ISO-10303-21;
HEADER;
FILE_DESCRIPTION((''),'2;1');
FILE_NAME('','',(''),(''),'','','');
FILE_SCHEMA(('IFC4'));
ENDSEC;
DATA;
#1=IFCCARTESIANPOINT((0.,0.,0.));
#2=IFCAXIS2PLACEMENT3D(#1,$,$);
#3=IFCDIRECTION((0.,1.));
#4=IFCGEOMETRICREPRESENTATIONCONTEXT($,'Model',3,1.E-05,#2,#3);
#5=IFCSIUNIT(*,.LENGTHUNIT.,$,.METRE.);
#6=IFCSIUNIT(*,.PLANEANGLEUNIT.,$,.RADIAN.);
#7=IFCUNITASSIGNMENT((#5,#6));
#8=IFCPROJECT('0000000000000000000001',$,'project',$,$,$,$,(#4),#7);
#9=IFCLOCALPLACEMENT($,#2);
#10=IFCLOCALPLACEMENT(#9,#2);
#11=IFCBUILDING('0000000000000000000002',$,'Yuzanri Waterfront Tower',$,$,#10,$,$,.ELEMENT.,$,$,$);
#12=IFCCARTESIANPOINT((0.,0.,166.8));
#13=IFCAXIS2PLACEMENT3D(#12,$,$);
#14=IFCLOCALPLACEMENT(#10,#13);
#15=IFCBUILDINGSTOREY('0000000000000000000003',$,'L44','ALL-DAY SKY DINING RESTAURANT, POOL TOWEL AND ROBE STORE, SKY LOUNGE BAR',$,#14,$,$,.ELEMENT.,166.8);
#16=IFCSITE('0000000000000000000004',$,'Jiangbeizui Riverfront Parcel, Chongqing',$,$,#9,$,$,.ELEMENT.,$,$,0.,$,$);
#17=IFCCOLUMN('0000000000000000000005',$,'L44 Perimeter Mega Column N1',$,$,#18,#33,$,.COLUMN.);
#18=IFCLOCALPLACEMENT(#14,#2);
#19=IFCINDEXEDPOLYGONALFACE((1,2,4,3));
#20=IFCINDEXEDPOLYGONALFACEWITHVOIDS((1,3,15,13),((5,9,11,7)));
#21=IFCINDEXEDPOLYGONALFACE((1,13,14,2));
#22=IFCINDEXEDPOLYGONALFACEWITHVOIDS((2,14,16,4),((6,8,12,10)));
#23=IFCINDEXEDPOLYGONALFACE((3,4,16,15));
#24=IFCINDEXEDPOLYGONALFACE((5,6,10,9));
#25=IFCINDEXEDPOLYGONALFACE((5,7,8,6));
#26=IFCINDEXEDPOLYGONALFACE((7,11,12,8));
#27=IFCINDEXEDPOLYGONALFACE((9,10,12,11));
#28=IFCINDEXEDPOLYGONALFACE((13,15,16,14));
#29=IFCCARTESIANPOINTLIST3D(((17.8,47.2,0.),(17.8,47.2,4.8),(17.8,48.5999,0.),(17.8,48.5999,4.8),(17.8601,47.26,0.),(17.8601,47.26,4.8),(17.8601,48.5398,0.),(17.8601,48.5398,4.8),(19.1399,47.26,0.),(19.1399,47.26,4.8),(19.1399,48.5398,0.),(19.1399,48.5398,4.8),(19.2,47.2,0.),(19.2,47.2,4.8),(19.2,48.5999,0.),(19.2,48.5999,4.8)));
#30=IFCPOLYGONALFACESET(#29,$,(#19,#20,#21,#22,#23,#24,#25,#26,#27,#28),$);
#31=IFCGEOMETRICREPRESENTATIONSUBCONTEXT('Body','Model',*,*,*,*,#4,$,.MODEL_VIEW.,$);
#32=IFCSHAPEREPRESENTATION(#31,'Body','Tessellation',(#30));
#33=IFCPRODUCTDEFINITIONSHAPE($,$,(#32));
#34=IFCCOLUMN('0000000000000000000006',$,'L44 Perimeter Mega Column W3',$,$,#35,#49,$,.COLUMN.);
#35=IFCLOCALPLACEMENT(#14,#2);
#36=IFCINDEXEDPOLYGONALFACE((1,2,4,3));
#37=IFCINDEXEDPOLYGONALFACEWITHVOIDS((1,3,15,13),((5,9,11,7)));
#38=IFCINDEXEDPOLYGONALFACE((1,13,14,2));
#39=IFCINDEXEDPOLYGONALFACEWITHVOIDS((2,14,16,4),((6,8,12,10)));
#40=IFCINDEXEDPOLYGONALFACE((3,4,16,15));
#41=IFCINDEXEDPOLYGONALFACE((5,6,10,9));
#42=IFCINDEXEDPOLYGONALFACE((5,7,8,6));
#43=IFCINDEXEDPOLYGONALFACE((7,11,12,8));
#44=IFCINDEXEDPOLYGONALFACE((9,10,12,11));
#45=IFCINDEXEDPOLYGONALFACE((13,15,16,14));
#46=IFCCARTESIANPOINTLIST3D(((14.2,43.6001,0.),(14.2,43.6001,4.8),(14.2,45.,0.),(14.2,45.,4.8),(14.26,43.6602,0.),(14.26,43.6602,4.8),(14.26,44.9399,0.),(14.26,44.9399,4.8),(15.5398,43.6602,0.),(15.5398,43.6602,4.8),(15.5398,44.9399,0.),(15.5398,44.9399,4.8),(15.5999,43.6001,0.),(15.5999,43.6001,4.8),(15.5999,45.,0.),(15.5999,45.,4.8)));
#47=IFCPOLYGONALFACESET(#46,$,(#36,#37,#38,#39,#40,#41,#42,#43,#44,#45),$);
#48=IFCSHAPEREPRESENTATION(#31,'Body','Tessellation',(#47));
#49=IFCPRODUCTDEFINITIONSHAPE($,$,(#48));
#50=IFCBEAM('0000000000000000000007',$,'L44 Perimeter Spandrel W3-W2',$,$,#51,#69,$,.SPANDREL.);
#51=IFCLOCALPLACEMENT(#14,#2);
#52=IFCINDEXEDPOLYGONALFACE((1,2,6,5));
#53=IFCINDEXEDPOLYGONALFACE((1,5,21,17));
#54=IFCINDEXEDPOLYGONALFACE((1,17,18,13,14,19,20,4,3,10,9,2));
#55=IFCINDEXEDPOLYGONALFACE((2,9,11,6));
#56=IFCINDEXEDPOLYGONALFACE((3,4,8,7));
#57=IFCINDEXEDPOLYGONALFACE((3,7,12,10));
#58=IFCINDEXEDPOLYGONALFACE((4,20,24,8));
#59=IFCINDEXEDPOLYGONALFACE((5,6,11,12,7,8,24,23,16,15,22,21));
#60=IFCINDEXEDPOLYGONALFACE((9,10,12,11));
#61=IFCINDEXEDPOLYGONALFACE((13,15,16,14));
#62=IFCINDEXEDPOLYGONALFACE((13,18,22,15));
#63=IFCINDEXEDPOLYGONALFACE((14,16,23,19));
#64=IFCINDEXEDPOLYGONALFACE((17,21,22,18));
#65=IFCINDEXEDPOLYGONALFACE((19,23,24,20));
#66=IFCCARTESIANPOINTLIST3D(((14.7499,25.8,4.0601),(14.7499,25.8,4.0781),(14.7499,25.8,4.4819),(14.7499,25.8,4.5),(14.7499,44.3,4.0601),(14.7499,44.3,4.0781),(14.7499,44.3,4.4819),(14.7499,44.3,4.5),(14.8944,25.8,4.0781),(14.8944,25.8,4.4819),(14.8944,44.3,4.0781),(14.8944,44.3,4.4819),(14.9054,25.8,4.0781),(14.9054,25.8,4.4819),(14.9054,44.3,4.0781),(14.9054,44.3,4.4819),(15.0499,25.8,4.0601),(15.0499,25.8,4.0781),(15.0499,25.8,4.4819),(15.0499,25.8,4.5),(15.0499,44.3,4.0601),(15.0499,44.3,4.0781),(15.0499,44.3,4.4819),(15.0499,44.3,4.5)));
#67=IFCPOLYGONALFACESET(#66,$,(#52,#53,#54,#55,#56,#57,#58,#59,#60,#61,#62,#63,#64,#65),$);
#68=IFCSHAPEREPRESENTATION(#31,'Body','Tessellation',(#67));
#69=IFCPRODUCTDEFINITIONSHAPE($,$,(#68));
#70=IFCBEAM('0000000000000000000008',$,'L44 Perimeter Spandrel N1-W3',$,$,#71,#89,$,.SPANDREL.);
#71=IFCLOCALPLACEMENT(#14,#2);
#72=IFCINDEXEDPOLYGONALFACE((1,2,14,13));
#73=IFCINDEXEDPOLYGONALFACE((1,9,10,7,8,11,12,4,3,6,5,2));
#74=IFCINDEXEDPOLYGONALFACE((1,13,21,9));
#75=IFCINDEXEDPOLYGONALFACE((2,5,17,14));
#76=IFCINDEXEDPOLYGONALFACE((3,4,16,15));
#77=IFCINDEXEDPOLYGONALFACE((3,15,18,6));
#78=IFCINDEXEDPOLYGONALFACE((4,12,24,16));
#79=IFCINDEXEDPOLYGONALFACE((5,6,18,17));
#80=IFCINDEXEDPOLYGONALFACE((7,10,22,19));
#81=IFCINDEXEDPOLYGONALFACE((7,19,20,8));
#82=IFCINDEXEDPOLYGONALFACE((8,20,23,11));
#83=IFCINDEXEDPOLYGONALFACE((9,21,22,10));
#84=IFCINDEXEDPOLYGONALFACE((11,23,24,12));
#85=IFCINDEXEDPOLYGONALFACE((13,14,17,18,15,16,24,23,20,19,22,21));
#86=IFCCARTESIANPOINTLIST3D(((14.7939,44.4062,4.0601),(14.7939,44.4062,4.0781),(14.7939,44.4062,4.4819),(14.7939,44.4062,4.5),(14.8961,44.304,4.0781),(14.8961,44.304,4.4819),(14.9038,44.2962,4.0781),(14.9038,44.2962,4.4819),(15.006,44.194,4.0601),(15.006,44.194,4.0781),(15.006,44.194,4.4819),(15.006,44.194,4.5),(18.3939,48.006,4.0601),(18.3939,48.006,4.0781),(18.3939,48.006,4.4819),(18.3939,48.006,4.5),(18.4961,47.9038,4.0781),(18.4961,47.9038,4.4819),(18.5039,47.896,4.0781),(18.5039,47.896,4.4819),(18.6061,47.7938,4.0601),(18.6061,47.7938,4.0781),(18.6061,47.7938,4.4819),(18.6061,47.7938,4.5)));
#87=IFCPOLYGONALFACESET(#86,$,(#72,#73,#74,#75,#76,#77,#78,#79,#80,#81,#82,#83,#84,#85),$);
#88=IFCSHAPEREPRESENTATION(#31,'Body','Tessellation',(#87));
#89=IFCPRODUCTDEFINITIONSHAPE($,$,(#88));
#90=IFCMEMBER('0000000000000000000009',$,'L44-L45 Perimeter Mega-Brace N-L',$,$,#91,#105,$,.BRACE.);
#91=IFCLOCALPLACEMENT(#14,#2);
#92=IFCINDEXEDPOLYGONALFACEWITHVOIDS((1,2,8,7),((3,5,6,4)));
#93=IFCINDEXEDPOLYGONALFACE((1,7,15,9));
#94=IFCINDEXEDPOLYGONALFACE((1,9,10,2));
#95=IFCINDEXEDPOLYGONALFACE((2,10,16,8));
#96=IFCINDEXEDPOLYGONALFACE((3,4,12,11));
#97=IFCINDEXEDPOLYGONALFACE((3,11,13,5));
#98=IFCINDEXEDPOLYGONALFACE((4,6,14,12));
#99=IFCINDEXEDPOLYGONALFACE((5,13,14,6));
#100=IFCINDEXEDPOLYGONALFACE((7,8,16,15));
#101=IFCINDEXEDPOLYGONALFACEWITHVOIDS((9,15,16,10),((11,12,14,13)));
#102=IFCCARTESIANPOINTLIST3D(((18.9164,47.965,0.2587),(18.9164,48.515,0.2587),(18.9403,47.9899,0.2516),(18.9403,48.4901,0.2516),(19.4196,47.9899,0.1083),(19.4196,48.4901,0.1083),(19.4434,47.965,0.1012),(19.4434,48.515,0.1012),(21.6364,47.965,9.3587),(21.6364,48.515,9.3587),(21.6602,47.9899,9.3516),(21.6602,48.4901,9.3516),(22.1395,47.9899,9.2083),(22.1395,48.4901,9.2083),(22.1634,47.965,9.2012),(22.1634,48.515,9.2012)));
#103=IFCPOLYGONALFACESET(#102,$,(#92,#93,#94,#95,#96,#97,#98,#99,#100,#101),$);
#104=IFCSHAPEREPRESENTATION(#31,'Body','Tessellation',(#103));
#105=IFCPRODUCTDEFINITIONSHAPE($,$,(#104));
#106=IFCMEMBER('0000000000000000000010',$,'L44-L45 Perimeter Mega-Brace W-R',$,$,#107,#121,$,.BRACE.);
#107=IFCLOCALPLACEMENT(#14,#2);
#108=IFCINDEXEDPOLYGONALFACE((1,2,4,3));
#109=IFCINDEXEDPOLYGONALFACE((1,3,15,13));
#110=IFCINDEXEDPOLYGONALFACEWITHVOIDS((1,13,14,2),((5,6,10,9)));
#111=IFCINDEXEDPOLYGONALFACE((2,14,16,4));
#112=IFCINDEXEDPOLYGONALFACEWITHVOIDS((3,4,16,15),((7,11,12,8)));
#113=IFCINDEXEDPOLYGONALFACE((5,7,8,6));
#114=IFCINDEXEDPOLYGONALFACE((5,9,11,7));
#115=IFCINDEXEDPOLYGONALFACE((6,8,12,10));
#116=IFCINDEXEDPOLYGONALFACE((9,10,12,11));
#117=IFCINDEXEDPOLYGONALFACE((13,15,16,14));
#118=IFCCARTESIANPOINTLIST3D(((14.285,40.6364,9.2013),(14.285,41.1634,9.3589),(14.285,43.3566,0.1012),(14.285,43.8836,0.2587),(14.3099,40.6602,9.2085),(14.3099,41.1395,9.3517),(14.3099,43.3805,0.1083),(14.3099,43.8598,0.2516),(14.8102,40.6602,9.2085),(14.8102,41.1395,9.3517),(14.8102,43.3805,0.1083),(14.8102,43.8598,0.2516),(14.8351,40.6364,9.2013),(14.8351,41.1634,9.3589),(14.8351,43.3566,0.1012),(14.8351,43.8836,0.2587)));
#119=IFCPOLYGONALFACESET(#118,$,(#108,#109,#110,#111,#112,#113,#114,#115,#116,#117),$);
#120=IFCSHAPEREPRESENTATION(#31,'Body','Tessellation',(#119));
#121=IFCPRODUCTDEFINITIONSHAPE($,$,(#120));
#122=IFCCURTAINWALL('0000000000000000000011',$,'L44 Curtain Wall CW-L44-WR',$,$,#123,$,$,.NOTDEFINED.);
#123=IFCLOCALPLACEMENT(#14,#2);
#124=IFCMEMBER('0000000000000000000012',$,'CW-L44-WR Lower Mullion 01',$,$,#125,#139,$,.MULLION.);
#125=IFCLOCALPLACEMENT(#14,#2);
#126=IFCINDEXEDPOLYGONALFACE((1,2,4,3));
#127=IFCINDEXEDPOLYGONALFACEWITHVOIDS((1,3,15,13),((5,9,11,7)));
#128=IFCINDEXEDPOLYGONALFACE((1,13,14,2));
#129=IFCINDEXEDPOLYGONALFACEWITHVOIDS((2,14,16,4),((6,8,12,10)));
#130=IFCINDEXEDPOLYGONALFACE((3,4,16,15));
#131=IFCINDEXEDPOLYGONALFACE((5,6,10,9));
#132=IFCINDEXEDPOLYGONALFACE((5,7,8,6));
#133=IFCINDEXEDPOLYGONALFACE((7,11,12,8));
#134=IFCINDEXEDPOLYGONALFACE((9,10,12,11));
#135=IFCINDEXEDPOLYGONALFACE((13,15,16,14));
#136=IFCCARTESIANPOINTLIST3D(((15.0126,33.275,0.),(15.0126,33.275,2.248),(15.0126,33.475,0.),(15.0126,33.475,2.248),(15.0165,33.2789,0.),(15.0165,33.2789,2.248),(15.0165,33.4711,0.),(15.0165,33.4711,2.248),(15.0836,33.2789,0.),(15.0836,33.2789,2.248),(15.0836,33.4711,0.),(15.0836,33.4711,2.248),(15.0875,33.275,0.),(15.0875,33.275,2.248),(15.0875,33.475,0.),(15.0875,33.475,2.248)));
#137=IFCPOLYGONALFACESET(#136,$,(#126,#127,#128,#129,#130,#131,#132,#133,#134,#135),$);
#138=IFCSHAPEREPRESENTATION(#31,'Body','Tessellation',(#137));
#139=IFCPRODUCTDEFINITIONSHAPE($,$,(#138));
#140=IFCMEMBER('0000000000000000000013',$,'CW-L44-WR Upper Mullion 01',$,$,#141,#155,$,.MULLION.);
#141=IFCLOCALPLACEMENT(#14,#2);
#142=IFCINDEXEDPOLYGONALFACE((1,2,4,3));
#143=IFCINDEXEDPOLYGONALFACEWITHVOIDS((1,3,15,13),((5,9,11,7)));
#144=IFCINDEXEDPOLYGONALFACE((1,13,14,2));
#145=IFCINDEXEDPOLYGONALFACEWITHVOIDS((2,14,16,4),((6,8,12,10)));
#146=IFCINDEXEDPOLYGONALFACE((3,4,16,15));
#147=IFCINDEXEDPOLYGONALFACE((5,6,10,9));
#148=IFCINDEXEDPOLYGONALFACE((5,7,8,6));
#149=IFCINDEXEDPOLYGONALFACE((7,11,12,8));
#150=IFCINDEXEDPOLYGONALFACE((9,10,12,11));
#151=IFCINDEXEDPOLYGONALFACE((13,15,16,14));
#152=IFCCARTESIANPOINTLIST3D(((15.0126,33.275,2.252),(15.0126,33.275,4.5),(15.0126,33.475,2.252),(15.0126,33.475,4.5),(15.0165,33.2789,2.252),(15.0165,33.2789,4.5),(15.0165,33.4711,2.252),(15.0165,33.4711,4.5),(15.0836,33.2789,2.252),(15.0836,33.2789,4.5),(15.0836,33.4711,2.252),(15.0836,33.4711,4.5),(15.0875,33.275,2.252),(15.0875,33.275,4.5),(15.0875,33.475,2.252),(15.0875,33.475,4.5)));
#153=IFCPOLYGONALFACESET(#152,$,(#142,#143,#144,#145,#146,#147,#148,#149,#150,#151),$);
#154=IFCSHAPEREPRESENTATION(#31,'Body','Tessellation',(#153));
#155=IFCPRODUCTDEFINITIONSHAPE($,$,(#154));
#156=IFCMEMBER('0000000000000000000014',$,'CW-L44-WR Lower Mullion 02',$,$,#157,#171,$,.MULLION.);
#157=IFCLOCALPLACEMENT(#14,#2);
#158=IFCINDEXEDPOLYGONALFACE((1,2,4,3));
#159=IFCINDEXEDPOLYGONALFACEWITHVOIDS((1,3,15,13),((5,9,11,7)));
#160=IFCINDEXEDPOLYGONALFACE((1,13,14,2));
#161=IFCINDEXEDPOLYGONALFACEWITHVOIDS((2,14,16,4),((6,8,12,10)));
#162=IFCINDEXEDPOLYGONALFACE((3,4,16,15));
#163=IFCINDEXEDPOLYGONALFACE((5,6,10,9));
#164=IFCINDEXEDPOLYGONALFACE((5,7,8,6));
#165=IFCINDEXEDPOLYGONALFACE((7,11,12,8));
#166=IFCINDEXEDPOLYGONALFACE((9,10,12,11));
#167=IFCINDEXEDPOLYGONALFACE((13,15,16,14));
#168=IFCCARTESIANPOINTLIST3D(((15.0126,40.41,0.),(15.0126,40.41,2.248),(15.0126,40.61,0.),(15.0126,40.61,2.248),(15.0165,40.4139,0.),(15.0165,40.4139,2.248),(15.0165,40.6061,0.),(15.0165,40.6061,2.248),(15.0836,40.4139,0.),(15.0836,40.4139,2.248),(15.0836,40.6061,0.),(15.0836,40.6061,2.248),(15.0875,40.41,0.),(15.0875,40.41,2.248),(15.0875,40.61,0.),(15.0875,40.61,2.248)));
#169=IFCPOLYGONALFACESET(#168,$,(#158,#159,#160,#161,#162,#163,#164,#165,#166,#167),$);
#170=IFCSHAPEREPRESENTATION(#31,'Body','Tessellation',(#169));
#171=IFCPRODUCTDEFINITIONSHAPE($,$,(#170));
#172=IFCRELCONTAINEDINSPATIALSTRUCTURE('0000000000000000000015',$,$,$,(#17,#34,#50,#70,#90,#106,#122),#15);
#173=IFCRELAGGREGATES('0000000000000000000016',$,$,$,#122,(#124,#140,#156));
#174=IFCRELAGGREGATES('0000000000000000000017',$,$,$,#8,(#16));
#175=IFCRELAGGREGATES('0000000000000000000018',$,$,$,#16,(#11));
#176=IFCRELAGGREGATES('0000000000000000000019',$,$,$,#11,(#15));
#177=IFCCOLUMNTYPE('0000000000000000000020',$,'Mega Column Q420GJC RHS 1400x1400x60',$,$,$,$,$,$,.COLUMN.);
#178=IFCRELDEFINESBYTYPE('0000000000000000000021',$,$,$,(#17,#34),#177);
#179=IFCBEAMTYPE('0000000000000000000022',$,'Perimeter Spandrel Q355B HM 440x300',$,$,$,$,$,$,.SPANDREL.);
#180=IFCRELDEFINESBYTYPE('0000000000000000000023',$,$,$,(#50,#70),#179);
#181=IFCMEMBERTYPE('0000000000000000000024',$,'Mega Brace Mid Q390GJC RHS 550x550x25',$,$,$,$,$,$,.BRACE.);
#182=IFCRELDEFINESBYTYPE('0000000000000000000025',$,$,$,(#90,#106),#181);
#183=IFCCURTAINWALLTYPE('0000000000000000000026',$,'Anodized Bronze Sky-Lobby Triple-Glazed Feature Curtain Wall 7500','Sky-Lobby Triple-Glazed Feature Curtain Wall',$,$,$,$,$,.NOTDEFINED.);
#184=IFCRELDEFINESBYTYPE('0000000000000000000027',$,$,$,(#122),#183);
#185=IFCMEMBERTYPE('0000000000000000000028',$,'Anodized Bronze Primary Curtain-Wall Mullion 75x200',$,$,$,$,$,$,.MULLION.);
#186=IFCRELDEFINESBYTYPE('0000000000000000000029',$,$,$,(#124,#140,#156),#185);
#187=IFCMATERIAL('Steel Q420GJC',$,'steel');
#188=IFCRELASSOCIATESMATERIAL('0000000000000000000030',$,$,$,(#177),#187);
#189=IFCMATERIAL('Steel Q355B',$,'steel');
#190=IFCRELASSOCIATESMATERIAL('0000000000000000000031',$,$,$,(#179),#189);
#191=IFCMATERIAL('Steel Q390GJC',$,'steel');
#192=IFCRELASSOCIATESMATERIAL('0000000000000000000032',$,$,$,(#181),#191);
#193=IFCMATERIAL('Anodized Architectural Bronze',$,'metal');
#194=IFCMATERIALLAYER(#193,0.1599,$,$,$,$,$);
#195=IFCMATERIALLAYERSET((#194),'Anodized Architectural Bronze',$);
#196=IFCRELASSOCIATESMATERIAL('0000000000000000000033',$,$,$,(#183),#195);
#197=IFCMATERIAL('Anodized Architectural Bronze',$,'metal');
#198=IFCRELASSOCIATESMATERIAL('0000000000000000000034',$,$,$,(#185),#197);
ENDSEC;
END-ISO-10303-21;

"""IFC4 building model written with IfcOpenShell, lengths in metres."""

from ifc_helpers import new_model, si_unit, direction, frame, origin, origin_2d, place, context, subcontext, project, spatial, hollow_rectangle, i_section, extrude, source, transform, mapped, material, layer, layer_set, material_profile, profile_set, type_object, element, aggregate, save


model = new_model("IFC4")

# Units and contexts
model_context = context("Model", 3, precision=1e-05, world=origin(), true_north=direction((0.0, 1.0)))
body_context = subcontext(model_context, "Body", "Model", "MODEL_VIEW")
ifc_project = project(units=[si_unit("LENGTHUNIT", "METRE"), si_unit("PLANEANGLEUNIT", "RADIAN")], contexts=[model_context])

# Site, building, storey
site_placement = place(None, origin())
site = spatial("IfcSite", under=ifc_project, at=site_placement, Name="Jiangbeizui Riverfront Parcel, Chongqing", CompositionType="ELEMENT", RefElevation=0.0)
building_placement = place(site_placement, origin())
building = spatial("IfcBuilding", under=site, at=building_placement, Name="Yuzanri Waterfront Tower", CompositionType="ELEMENT")
storey_placement = place(building_placement, frame((0.0, 0.0, 166.8)))
storey = spatial("IfcBuildingStorey", under=building, at=storey_placement, Name="L44", Description="ALL-DAY SKY DINING RESTAURANT, POOL TOWEL AND ROBE STORE, SKY LOUNGE BAR", CompositionType="ELEMENT", Elevation=166.8)

# Columns
ifc_material_1 = material(Name="Steel Q420GJC", Category="steel")
ifc_material_profile_1 = material_profile(ifc_material_1, hollow_rectangle(XDim=1.3999, YDim=1.3999, WallThickness=0.0601, at=origin_2d()), Name="RHS 1400x1400x60")
ifc_profile_set_1 = profile_set([ifc_material_profile_1], Name="Steel Q420GJC")
column_type = type_object("IfcColumnType", Name="Mega Column Q420GJC RHS 1400x1400x60", PredefinedType="COLUMN", material=ifc_profile_set_1)
shared_shape_1 = source(origin(), body_context, "Body", "SweptSolid", [
    extrude(hollow_rectangle(XDim=1.3999, YDim=1.3999, WallThickness=0.0601, at=origin_2d()), origin(), (0.0, 0.0, 1.0), 4.8),
])
for number, where, z_axis, x_axis, name in (
    (1, (18.5, 47.8999, 0.0), (0.0, 0.0, 1.0), (1.0, 0.0, 0.0), "L44 Perimeter Mega Column N1"),
    (2, (14.8999, 44.3, 0.0), (0.0, 0.0, 1.0), (1.0, 0.0, 0.0), "L44 Perimeter Mega Column W3"),
):
    element("IfcColumn", number, at=place(storey_placement, frame(where, z_axis=z_axis, x_axis=x_axis)), inside=storey, type_object=column_type, Name=name, PredefinedType="COLUMN", context=body_context, shape_type="MappedRepresentation", body=[
        mapped(shared_shape_1, transform((0.0, 0.0, 0.0), scale=1.0)),
    ])

# Beams
ifc_material_2 = material(Name="Steel Q355B", Category="steel")
ifc_material_profile_2 = material_profile(ifc_material_2, i_section(OverallWidth=0.3, OverallDepth=0.4399, WebThickness=0.011, FlangeThickness=0.0181, at=origin_2d()), Name="HM 440x300x11x18")
ifc_profile_set_2 = profile_set([ifc_material_profile_2], Name="Steel Q355B")
beam_type = type_object("IfcBeamType", Name="Perimeter Spandrel Q355B HM 440x300", PredefinedType="SPANDREL", material=ifc_profile_set_2)
shared_shape_2 = source(origin(), body_context, "Body", "SweptSolid", [
    extrude(i_section(OverallWidth=0.3, OverallDepth=0.4399, WebThickness=0.011, FlangeThickness=0.0181, at=origin_2d()), origin(), (0.0, 0.0, 1.0), 18.5),
])
beam_1_placement = place(storey_placement, frame((14.8999, 44.3, 4.28), z_axis=(0.0, -1.0, 0.0), x_axis=(1.0, 0.0, 0.0)))
element("IfcBeam", 3, at=beam_1_placement, inside=storey, type_object=beam_type, Name="L44 Perimeter Spandrel W3-W2", PredefinedType="SPANDREL", context=body_context, shape_type="MappedRepresentation", body=[
    mapped(shared_shape_2, transform((0.0, 0.0, 0.0), scale=1.0)),
])
shared_shape_3 = source(origin(), body_context, "Body", "SweptSolid", [
    extrude(i_section(OverallWidth=0.3, OverallDepth=0.4399, WebThickness=0.011, FlangeThickness=0.0181, at=origin_2d()), origin(), (0.0, 0.0, 1.0), 5.0911),
])
beam_2_placement = place(storey_placement, frame((18.5, 47.8999, 4.28), z_axis=(-0.707131, -0.707083, 0.0), x_axis=(0.707083, -0.707131, 0.0)))
element("IfcBeam", 4, at=beam_2_placement, inside=storey, type_object=beam_type, Name="L44 Perimeter Spandrel N1-W3", PredefinedType="SPANDREL", context=body_context, shape_type="MappedRepresentation", body=[
    mapped(shared_shape_3, transform((0.0, 0.0, 0.0), scale=1.0)),
])

# Members
ifc_material_3 = material(Name="Steel Q390GJC", Category="steel")
ifc_material_profile_3 = material_profile(ifc_material_3, hollow_rectangle(XDim=0.55, YDim=0.55, WallThickness=0.0249, at=origin_2d()), Name="RHS 550x550x25")
ifc_profile_set_3 = profile_set([ifc_material_profile_3], Name="Steel Q390GJC")
member_type_1 = type_object("IfcMemberType", Name="Mega Brace Mid Q390GJC RHS 550x550x25", PredefinedType="BRACE", material=ifc_profile_set_3)
shared_shape_4 = source(origin(), body_context, "Body", "SweptSolid", [
    extrude(hollow_rectangle(XDim=0.55, YDim=0.55, WallThickness=0.0249, at=origin_2d()), origin(), (0.0, 0.0, 1.0), 9.4978),
])
member_1_placement = place(storey_placement, frame((19.1799, 48.24, 0.1799), z_axis=(0.286376, 0.0, 0.958117), x_axis=(0.0, 1.0, 0.0)))
element("IfcMember", 5, at=member_1_placement, inside=storey, type_object=member_type_1, Name="L44-L45 Perimeter Mega-Brace N-L", PredefinedType="BRACE", context=body_context, shape_type="MappedRepresentation", body=[
    mapped(shared_shape_4, transform((0.0, 0.0, 0.0), scale=1.0)),
])
shared_shape_5 = source(origin(), body_context, "Body", "SweptSolid", [
    extrude(hollow_rectangle(XDim=0.55, YDim=0.55, WallThickness=0.0249, at=origin_2d()), origin(), (0.0, 0.0, 1.0), 9.498),
])
member_2_placement = place(storey_placement, frame((14.5601, 43.6201, 0.1799), z_axis=(0.0, -0.2864, 0.95811), x_axis=(1.0, 0.0, 0.0)))
element("IfcMember", 6, at=member_2_placement, inside=storey, type_object=member_type_1, Name="L44-L45 Perimeter Mega-Brace W-R", PredefinedType="BRACE", context=body_context, shape_type="MappedRepresentation", body=[
    mapped(shared_shape_5, transform((0.0, 0.0, 0.0), scale=1.0)),
])

# Curtain wall, members
ifc_material_4 = material(Name="Anodized Architectural Bronze", Category="metal")
ifc_layer_1 = layer(ifc_material_4, 0.1599)
ifc_layer_set_1 = layer_set([ifc_layer_1], Name="Anodized Architectural Bronze")
curtain_wall_type = type_object("IfcCurtainWallType", Name="Anodized Bronze Sky-Lobby Triple-Glazed Feature Curtain Wall 7500", Description="Sky-Lobby Triple-Glazed Feature Curtain Wall", PredefinedType="NOTDEFINED", material=ifc_layer_set_1)
curtain_wall_placement = place(storey_placement, origin())
curtain_wall = element("IfcCurtainWall", 7, at=curtain_wall_placement, inside=storey, type_object=curtain_wall_type, Name="L44 Curtain Wall CW-L44-WR", PredefinedType="NOTDEFINED")
ifc_material_5 = material(Name="Anodized Architectural Bronze", Category="metal")
ifc_material_profile_4 = material_profile(ifc_material_5, hollow_rectangle(XDim=0.075, YDim=0.2, WallThickness=0.0039, at=origin_2d()), Name="CWM 75x200")
ifc_profile_set_4 = profile_set([ifc_material_profile_4], Name="Anodized Architectural Bronze")
member_type_2 = type_object("IfcMemberType", Name="Anodized Bronze Primary Curtain-Wall Mullion 75x200", PredefinedType="MULLION", material=ifc_profile_set_4)
shared_shape_6 = source(origin(), body_context, "Body", "SweptSolid", [
    extrude(hollow_rectangle(XDim=0.075, YDim=0.2, WallThickness=0.0039, at=origin_2d()), origin(), (0.0, 0.0, 1.0), 2.248),
])
member_3_placement = place(storey_placement, frame((15.05, 33.375, 0.0), z_axis=(0.0, 0.0, 1.0), x_axis=(1.0, 0.0, 0.0)))
member_3 = element("IfcMember", 8, at=member_3_placement, type_object=member_type_2, Name="CW-L44-WR Lower Mullion 01", PredefinedType="MULLION", context=body_context, shape_type="MappedRepresentation", body=[
    mapped(shared_shape_6, transform((0.0, 0.0, 0.0), scale=1.0)),
])
member_4_placement = place(storey_placement, frame((15.05, 33.375, 2.252), z_axis=(0.0, 0.0, 1.0), x_axis=(1.0, 0.0, 0.0)))
member_4 = element("IfcMember", 9, at=member_4_placement, type_object=member_type_2, Name="CW-L44-WR Upper Mullion 01", PredefinedType="MULLION", context=body_context, shape_type="MappedRepresentation", body=[
    mapped(shared_shape_6, transform((0.0, 0.0, 0.0), scale=1.0)),
])
member_5_placement = place(storey_placement, frame((15.05, 40.51, 0.0), z_axis=(0.0, 0.0, 1.0), x_axis=(1.0, 0.0, 0.0)))
member_5 = element("IfcMember", 10, at=member_5_placement, type_object=member_type_2, Name="CW-L44-WR Lower Mullion 02", PredefinedType="MULLION", context=body_context, shape_type="MappedRepresentation", body=[
    mapped(shared_shape_6, transform((0.0, 0.0, 0.0), scale=1.0)),
])

aggregate(curtain_wall, [member_3, member_4, member_5])

save(model, "model.ifc")
